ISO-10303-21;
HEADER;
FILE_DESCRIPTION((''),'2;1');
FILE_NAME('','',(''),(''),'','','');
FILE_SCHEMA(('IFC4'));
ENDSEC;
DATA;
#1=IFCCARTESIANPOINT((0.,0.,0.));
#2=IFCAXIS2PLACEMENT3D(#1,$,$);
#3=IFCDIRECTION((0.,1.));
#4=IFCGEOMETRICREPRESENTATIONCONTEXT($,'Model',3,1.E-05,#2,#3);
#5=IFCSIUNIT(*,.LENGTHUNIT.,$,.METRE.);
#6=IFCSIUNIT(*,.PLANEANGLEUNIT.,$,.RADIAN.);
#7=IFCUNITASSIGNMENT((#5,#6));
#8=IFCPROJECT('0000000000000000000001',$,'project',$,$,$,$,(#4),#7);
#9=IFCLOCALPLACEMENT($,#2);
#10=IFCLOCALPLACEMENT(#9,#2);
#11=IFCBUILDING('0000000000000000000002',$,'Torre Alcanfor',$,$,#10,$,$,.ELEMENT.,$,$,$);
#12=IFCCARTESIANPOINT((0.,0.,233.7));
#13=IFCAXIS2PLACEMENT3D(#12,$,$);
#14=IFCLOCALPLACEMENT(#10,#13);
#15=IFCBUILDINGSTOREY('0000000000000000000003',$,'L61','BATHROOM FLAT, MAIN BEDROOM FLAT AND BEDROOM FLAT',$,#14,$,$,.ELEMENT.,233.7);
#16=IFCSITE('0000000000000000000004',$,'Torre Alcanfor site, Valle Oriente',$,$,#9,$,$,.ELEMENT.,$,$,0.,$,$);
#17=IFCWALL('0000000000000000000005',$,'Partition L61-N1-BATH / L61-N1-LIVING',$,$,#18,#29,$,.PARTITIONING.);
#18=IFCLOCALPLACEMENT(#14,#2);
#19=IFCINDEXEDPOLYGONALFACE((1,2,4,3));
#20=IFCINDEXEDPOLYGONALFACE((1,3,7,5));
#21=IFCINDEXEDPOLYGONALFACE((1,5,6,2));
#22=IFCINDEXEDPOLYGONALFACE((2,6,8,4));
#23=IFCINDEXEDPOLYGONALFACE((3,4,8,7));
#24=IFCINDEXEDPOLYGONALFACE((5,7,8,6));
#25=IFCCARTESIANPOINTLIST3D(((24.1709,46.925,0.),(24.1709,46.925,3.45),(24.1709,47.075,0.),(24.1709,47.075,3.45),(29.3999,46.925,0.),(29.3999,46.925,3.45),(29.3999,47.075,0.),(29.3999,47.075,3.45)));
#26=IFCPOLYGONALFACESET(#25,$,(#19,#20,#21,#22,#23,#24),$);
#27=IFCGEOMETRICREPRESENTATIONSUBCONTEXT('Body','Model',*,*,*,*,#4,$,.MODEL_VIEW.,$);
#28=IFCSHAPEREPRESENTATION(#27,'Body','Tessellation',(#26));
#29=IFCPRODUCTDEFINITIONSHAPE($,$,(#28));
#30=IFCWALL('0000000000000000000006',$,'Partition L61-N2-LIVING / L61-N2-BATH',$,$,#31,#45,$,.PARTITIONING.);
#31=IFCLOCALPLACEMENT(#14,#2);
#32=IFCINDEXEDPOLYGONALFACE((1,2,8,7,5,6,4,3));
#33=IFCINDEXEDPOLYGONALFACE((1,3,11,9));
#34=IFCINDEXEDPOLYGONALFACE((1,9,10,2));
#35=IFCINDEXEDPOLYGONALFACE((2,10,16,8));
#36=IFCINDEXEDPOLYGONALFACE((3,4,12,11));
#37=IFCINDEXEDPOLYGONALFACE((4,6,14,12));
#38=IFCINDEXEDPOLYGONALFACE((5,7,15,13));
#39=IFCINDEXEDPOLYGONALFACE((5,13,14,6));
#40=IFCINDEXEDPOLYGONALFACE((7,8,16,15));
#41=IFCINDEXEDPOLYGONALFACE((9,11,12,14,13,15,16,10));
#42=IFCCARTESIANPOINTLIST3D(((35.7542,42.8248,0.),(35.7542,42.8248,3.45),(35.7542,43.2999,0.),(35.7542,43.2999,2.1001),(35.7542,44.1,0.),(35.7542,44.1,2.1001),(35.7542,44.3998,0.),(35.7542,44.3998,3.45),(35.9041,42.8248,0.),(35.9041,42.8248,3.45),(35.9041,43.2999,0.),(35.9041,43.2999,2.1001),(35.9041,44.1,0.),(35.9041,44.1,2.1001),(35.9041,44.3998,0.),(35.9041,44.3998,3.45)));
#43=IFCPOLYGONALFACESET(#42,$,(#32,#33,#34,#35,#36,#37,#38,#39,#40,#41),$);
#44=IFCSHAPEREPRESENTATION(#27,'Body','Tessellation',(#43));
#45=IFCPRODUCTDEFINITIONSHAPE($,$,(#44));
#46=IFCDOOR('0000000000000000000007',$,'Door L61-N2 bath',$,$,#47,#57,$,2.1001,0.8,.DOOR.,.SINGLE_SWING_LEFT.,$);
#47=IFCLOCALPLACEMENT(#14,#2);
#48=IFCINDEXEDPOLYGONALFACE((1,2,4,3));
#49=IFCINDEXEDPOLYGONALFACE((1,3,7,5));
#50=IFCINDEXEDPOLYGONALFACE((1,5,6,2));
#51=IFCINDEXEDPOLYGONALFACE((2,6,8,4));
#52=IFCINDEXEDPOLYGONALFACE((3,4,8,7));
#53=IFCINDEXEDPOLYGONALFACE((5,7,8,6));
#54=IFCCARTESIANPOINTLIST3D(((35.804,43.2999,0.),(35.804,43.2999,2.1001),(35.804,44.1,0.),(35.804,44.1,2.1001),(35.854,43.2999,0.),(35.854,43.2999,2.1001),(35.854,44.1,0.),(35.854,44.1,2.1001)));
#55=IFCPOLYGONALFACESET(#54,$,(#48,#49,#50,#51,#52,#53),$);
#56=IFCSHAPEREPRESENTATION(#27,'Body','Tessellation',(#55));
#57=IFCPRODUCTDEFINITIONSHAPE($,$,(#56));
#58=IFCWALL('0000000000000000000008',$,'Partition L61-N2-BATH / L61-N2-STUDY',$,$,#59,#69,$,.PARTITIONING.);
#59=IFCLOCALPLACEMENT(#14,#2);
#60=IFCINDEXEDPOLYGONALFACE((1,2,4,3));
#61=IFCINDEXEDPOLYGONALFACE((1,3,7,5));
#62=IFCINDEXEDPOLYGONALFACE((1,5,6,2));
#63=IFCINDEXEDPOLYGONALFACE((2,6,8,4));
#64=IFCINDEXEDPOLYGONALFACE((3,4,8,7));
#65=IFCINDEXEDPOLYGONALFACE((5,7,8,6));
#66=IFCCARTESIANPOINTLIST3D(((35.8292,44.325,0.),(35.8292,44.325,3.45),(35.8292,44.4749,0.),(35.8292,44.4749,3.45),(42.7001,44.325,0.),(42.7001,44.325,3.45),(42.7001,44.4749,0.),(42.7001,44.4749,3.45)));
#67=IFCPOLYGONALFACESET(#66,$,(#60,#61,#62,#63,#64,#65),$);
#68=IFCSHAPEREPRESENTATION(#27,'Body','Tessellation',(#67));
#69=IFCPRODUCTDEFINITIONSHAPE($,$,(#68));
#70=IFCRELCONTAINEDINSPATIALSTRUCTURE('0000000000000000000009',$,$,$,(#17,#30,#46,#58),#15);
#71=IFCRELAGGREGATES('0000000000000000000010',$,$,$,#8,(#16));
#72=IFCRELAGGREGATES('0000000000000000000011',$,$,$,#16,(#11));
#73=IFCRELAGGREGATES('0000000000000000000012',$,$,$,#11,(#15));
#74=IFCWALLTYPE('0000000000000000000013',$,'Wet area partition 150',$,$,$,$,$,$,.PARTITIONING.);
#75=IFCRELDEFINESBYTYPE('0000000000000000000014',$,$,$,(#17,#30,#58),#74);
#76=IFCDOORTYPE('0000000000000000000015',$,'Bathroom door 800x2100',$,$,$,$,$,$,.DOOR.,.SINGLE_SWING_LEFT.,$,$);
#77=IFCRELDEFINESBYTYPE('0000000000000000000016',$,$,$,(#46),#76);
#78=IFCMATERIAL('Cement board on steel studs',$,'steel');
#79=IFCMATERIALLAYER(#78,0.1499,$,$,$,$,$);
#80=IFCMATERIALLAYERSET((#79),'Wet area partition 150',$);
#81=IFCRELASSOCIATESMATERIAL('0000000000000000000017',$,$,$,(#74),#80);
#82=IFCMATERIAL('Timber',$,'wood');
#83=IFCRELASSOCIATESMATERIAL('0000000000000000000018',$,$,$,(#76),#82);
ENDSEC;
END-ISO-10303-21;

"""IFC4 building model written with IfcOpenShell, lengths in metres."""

from ifc_helpers import new_model, si_unit, direction, frame, frame_2d, origin, place, context, subcontext, project, spatial, rectangle, extrude, material, layer, layer_set, type_object, element, fill, save


model = new_model("IFC4")

# Units and contexts
model_context = context("Model", 3, precision=1e-05, world=origin(), true_north=direction((0.0, 1.0)))
body_context = subcontext(model_context, "Body", "Model", "MODEL_VIEW")
ifc_project = project(units=[si_unit("LENGTHUNIT", "METRE"), si_unit("PLANEANGLEUNIT", "RADIAN")], contexts=[model_context])

# Site, building, storey
site_placement = place(None, origin())
site = spatial("IfcSite", under=ifc_project, at=site_placement, Name="Torre Alcanfor site, Valle Oriente", CompositionType="ELEMENT", RefElevation=0.0)
building_placement = place(site_placement, origin())
building = spatial("IfcBuilding", under=site, at=building_placement, Name="Torre Alcanfor", CompositionType="ELEMENT")
storey_placement = place(building_placement, frame((0.0, 0.0, 233.7)))
storey = spatial("IfcBuildingStorey", under=building, at=storey_placement, Name="L61", Description="BATHROOM FLAT, MAIN BEDROOM FLAT AND BEDROOM FLAT", CompositionType="ELEMENT", Elevation=233.7)

# Wall
ifc_material_1 = material(Name="Cement board on steel studs", Category="steel")
ifc_layer_1 = layer(ifc_material_1, 0.1499)
ifc_layer_set_1 = layer_set([ifc_layer_1], Name="Wet area partition 150")
wall_type_1 = type_object("IfcWallType", Name="Wet area partition 150", PredefinedType="PARTITIONING", material=ifc_layer_set_1)
wall_1_placement = place(storey_placement, frame((29.3999, 47.0, 0.0), z_axis=(0.0, 0.0, 1.0), x_axis=(-1.0, 0.0, 0.0)))
element("IfcWall", 1, at=wall_1_placement, inside=storey, type_object=wall_type_1, Name="Partition L61-N1-BATH / L61-N1-LIVING", PredefinedType="PARTITIONING", context=body_context, shape_type="SweptSolid", body=[
    extrude(rectangle(XDim=5.229, YDim=0.1499, at=frame_2d((2.6145, 0.0))), origin(), (0.0, 0.0, 1.0), 3.45),
])

# Wall, opening, door
wall_2_placement = place(storey_placement, frame((35.8291, 44.3999, 0.0), z_axis=(0.0, 0.0, 1.0), x_axis=(0.0, -1.0, 0.0)))
wall_2 = element("IfcWall", 2, at=wall_2_placement, inside=storey, type_object=wall_type_1, Name="Partition L61-N2-LIVING / L61-N2-BATH", PredefinedType="PARTITIONING", context=body_context, shape_type="SweptSolid", body=[
    extrude(rectangle(XDim=1.575, YDim=0.1499, at=frame_2d((0.7876, 0.0))), origin(), (0.0, 0.0, 1.0), 3.45),
])
opening_1_placement = place(wall_2_placement, frame((0.3, 0.0, 0.0)))
opening_1 = element("IfcOpeningElement", 3, at=opening_1_placement, cuts=wall_2, PredefinedType="OPENING", context=body_context, shape_type="SweptSolid", body=[
    extrude(rectangle(XDim=0.8, YDim=2.1001, at=frame_2d((0.3999, 1.05))), frame((0.0, 0.085, 0.0), z_axis=(0.0, -1.0, 0.0), x_axis=(1.0, 0.0, 0.0)), (0.0, 0.0, 1.0), 0.1699),
])
ifc_material_2 = material(Name="Timber", Category="wood")
door_type_1 = type_object("IfcDoorType", Name="Bathroom door 800x2100", OperationType="SINGLE_SWING_LEFT", PredefinedType="DOOR", material=ifc_material_2)
door_1_placement = place(opening_1_placement, origin())
door_1 = element("IfcDoor", 4, at=door_1_placement, inside=storey, type_object=door_type_1, Name="Door L61-N2 bath", OperationType="SINGLE_SWING_LEFT", OverallHeight=2.1001, OverallWidth=0.8, PredefinedType="DOOR", context=body_context, shape_type="SweptSolid", body=[
    extrude(rectangle(XDim=0.8, YDim=2.1001, at=frame_2d((0.3999, 1.05))), frame((0.0, 0.0249, 0.0), z_axis=(0.0, -1.0, 0.0), x_axis=(1.0, 0.0, 0.0)), (0.0, 0.0, 1.0), 0.05),
])
fill(opening_1, door_1)

# Wall
wall_3_placement = place(storey_placement, frame((35.8291, 44.3999, 0.0), z_axis=(0.0, 0.0, 1.0), x_axis=(1.0, 0.0, 0.0)))
element("IfcWall", 5, at=wall_3_placement, inside=storey, type_object=wall_type_1, Name="Partition L61-N2-BATH / L61-N2-STUDY", PredefinedType="PARTITIONING", context=body_context, shape_type="SweptSolid", body=[
    extrude(rectangle(XDim=6.8708, YDim=0.1499, at=frame_2d((3.4355, 0.0))), origin(), (0.0, 0.0, 1.0), 3.45),
])

save(model, "model.ifc")
